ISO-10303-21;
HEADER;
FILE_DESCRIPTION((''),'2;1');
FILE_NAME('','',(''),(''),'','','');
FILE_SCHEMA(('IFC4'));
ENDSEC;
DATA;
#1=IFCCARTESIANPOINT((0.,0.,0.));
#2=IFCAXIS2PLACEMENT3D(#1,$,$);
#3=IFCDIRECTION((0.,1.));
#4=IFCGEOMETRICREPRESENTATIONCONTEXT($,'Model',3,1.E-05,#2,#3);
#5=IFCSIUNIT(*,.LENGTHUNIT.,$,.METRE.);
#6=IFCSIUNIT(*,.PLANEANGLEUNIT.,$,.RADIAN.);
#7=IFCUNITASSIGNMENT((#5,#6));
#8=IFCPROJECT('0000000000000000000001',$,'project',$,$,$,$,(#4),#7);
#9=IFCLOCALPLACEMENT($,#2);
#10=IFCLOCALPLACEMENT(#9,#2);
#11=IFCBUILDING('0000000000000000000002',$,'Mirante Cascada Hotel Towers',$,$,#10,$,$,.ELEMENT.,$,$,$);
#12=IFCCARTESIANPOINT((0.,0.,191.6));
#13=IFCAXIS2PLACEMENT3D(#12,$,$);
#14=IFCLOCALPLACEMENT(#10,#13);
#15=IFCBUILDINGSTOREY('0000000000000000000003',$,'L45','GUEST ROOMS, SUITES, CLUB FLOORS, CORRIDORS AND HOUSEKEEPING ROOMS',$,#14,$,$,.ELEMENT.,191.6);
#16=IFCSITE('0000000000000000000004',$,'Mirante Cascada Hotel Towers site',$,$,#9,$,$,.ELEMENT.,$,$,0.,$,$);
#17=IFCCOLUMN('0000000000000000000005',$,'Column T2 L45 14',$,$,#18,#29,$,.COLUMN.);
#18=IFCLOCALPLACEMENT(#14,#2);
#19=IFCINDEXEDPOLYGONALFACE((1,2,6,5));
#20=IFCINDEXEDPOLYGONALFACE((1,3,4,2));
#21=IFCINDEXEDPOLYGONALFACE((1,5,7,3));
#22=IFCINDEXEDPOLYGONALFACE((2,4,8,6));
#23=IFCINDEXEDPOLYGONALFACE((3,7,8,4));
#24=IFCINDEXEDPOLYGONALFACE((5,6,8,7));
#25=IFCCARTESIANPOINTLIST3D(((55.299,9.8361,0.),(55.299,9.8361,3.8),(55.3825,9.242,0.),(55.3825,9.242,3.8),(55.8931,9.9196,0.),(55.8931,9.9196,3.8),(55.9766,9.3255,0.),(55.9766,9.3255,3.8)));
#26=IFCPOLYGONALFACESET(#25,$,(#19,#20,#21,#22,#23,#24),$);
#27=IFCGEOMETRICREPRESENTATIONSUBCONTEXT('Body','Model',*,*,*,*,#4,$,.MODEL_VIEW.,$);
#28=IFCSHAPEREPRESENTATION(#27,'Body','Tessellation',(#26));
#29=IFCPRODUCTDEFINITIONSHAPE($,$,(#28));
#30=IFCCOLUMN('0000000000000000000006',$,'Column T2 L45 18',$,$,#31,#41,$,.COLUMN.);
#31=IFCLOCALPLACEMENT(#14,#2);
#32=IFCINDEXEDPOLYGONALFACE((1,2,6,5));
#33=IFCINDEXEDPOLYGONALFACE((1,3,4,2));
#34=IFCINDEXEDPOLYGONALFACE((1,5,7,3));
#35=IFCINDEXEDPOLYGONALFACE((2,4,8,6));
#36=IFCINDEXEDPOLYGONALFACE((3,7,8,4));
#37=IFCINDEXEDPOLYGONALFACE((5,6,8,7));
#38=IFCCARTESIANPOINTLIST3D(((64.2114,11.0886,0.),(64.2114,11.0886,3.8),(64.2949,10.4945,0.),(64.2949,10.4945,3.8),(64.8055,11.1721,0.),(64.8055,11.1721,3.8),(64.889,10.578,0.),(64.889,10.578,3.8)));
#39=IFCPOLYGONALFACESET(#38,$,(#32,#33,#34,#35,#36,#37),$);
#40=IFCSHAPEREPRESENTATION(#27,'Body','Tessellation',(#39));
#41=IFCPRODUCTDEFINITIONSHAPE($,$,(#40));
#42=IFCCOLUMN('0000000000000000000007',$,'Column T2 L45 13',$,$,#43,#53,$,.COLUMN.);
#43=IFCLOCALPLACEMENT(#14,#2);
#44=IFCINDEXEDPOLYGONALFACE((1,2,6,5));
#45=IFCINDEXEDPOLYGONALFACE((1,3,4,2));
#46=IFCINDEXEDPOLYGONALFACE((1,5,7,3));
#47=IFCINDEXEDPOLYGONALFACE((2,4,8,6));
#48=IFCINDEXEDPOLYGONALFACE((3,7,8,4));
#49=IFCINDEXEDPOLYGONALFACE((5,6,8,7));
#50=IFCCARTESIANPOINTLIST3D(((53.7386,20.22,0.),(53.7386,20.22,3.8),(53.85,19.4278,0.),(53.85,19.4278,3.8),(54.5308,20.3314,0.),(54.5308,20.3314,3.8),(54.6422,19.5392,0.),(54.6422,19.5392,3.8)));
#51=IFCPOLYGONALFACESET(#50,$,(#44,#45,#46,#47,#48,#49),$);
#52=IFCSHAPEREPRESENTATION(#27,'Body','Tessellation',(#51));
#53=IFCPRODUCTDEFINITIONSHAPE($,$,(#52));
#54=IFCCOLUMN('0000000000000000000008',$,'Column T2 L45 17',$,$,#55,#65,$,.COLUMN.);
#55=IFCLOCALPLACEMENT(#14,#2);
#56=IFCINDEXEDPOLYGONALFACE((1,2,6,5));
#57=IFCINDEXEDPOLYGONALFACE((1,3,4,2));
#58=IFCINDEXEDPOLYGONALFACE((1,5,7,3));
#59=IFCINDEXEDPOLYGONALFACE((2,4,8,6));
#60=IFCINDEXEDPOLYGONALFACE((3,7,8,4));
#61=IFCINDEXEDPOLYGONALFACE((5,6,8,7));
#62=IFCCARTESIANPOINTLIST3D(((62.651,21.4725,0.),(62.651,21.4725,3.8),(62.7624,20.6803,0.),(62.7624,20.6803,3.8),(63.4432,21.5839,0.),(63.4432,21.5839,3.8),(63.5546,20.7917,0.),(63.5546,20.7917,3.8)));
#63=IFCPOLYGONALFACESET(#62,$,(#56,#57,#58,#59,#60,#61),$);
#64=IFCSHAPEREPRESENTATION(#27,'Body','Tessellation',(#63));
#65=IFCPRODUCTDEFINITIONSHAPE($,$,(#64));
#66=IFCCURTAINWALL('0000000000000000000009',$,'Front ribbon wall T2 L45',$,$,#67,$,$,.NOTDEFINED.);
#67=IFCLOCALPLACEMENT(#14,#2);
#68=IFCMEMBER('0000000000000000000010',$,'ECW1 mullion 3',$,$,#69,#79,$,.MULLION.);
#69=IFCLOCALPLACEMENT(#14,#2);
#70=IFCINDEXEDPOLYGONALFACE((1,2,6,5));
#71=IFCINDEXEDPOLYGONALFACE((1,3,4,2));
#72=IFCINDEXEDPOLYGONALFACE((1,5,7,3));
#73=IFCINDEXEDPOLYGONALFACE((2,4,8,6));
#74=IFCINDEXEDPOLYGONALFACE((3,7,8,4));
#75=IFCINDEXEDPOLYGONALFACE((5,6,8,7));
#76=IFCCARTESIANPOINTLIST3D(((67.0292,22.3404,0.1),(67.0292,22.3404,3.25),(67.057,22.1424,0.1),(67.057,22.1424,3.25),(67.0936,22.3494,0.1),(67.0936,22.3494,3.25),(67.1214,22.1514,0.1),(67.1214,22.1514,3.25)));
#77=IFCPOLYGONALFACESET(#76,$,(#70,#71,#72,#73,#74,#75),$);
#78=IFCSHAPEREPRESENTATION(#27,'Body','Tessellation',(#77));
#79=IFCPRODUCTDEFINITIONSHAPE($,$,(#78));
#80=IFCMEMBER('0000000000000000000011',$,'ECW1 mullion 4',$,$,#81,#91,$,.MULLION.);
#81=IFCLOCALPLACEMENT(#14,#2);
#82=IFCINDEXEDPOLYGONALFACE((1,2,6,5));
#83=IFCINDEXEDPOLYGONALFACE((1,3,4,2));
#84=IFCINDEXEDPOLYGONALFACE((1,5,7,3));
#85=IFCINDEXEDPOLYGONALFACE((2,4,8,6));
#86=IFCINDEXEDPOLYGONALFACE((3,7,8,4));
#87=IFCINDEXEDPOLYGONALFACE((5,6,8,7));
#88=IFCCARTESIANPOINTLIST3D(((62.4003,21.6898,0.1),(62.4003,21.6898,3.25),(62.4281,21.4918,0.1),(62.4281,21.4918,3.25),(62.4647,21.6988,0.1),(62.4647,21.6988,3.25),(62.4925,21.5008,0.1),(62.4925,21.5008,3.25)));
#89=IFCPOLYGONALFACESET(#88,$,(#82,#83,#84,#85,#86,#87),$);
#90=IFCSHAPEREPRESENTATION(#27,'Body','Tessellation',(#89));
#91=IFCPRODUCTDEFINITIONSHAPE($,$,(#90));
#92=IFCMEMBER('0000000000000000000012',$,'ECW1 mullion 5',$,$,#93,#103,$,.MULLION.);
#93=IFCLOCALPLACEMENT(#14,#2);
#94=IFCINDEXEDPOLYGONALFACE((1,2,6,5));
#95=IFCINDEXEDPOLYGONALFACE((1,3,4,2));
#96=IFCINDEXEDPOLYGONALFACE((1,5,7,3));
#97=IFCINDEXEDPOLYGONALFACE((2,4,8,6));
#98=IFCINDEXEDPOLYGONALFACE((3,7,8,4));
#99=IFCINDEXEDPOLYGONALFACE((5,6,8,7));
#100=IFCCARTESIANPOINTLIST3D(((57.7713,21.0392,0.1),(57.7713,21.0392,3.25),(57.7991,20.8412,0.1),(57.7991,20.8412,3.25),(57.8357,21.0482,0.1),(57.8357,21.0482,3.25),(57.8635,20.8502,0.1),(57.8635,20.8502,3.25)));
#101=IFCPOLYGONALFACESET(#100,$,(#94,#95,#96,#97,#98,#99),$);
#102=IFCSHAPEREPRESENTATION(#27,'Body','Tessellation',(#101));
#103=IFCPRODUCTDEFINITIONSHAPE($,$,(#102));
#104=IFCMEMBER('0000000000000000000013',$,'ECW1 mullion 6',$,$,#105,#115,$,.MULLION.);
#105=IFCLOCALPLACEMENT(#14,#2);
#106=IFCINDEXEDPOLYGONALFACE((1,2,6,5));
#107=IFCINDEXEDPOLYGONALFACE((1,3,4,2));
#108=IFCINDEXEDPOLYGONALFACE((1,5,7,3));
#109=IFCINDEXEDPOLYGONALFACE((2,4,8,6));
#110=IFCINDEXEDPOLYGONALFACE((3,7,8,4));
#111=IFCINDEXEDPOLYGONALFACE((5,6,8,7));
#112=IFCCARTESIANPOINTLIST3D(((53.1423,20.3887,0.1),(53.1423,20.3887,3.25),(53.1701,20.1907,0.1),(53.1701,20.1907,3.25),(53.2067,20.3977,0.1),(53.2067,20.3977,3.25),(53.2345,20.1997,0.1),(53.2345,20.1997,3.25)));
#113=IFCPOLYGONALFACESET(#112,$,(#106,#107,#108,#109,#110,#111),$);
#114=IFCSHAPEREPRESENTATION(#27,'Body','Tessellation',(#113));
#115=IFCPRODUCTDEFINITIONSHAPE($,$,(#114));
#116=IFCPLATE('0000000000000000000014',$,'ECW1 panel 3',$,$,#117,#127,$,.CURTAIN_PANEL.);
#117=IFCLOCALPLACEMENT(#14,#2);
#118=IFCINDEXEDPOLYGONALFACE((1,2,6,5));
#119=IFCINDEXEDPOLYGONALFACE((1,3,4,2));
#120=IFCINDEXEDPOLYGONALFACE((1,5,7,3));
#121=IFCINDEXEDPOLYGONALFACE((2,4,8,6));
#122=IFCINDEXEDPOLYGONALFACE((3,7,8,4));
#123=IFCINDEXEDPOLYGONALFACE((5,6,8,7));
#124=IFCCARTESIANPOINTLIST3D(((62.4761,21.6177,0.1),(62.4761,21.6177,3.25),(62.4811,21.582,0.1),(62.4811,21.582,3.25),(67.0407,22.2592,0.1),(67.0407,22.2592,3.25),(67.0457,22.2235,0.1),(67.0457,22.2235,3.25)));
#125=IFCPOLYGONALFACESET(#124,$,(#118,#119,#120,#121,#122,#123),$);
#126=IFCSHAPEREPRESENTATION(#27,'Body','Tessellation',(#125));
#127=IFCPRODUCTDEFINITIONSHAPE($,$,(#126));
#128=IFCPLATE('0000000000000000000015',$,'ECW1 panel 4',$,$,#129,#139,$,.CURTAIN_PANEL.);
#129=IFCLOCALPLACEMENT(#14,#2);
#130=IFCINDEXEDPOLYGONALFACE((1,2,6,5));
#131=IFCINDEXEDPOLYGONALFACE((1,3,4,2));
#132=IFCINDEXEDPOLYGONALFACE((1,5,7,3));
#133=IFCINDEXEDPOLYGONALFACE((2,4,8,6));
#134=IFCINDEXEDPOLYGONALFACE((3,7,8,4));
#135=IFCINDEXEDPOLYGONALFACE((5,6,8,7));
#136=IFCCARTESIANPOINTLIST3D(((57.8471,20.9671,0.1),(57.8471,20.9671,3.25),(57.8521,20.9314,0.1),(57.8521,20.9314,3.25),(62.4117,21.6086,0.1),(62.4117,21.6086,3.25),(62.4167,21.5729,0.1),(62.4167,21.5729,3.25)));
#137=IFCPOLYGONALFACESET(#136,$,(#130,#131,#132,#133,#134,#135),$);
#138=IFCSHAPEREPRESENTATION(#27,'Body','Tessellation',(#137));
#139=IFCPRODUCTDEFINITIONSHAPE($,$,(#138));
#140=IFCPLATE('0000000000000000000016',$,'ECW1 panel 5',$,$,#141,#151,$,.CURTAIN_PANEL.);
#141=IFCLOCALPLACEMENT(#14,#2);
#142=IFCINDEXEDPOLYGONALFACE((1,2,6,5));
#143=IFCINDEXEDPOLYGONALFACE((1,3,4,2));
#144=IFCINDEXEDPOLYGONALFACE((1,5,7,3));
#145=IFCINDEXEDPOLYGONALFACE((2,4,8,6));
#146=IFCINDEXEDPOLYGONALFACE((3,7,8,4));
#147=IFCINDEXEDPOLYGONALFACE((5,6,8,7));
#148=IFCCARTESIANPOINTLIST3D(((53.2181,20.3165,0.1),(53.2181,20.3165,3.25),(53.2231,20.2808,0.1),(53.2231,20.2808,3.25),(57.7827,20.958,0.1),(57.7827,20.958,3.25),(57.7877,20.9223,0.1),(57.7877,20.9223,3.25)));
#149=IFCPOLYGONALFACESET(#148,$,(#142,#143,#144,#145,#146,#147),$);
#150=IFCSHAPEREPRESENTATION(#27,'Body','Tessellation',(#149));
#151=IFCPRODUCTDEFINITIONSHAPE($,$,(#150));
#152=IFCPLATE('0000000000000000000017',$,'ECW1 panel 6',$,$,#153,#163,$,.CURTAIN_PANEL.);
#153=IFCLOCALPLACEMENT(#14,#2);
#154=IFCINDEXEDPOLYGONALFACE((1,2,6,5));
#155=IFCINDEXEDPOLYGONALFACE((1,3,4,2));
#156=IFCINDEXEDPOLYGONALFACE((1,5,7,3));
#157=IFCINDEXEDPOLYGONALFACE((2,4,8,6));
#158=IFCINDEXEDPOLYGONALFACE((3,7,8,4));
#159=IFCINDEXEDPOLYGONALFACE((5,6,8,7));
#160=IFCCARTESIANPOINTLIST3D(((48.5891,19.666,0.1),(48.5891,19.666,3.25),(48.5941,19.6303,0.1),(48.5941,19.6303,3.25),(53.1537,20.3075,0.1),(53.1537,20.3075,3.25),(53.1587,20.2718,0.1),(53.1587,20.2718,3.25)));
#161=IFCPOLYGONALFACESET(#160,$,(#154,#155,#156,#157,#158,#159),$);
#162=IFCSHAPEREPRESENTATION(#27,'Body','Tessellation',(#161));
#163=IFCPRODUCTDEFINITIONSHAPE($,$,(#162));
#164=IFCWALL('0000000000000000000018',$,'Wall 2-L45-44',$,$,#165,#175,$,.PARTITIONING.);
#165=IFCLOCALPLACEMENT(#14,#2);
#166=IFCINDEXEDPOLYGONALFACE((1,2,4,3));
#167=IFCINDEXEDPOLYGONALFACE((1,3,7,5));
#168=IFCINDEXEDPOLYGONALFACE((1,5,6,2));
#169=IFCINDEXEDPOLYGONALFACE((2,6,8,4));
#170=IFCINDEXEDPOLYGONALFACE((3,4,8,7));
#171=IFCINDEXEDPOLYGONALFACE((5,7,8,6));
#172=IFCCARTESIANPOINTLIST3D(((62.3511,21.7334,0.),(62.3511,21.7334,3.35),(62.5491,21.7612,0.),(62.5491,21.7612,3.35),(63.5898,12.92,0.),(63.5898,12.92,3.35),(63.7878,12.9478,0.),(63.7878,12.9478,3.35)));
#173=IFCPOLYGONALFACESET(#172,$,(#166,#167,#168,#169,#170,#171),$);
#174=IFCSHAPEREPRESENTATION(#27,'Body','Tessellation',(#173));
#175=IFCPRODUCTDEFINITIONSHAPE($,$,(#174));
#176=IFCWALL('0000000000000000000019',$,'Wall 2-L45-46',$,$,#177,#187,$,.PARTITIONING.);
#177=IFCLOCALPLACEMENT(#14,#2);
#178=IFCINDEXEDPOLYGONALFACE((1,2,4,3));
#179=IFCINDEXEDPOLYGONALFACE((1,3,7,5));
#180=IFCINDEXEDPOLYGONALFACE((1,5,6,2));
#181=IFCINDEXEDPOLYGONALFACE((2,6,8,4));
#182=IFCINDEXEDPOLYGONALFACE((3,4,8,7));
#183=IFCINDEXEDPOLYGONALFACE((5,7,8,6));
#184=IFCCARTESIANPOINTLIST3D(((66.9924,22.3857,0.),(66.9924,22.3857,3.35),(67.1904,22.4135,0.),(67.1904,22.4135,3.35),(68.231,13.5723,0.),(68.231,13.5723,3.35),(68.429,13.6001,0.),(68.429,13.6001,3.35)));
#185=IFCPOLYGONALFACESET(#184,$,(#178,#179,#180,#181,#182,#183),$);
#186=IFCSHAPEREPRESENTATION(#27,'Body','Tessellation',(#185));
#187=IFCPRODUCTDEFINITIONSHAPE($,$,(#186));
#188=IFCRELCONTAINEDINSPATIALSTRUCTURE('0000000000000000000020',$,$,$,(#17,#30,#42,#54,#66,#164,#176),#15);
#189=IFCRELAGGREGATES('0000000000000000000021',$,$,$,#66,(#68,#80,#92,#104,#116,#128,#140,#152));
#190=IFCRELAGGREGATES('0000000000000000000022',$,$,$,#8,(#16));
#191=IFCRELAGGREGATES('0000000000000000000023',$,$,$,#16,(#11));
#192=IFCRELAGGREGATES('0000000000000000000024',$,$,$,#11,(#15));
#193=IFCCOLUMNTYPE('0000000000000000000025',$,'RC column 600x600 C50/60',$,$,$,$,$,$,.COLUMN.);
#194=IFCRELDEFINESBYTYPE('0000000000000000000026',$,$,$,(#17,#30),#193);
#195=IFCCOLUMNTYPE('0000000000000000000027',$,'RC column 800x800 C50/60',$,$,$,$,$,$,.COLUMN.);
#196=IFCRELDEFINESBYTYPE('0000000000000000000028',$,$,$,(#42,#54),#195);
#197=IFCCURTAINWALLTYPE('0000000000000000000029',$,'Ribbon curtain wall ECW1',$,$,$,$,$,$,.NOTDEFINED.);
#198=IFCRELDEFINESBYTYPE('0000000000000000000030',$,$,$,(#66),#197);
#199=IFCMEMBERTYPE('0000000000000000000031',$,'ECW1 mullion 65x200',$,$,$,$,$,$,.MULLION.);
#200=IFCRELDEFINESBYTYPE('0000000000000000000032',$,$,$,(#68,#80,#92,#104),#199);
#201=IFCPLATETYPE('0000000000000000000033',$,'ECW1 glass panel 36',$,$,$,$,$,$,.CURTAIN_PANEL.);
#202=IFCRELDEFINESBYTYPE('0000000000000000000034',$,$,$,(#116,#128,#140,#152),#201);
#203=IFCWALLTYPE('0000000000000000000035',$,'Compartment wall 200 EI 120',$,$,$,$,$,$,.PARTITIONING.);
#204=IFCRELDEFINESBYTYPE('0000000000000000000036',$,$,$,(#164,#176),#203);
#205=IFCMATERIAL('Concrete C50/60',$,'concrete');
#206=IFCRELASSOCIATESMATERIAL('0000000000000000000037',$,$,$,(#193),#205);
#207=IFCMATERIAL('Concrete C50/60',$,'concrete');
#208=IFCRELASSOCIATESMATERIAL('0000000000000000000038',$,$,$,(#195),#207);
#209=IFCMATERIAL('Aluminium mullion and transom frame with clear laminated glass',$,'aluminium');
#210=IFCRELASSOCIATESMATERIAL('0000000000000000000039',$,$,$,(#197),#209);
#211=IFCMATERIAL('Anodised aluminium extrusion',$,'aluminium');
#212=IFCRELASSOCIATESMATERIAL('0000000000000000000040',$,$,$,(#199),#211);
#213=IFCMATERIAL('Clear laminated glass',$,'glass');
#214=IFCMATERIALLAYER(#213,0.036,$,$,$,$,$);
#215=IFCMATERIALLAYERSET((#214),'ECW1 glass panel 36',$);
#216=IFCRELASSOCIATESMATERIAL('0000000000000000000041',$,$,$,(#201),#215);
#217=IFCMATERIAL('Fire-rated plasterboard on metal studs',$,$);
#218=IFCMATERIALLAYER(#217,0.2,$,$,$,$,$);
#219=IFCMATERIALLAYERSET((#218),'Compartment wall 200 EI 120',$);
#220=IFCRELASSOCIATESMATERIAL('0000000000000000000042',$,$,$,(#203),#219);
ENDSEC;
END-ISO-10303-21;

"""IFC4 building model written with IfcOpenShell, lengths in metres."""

from ifc_helpers import new_model, si_unit, direction, frame, frame_2d, origin, origin_2d, place, context, subcontext, project, spatial, rectangle, extrude, material, layer, layer_set, material_profile, profile_set, type_object, element, aggregate, save


model = new_model("IFC4")

# Units and contexts
model_context = context("Model", 3, precision=1e-05, world=origin(), true_north=direction((0.0, 1.0)))
body_context = subcontext(model_context, "Body", "Model", "MODEL_VIEW")
ifc_project = project(units=[si_unit("LENGTHUNIT", "METRE"), si_unit("PLANEANGLEUNIT", "RADIAN")], contexts=[model_context])

# Site, building, storey
site_placement = place(None, origin())
site = spatial("IfcSite", under=ifc_project, at=site_placement, Name="Mirante Cascada Hotel Towers site", CompositionType="ELEMENT", RefElevation=0.0)
building_placement = place(site_placement, origin())
building = spatial("IfcBuilding", under=site, at=building_placement, Name="Mirante Cascada Hotel Towers", CompositionType="ELEMENT")
storey_placement = place(building_placement, frame((0.0, 0.0, 191.6)))
storey = spatial("IfcBuildingStorey", under=building, at=storey_placement, Name="L45", Description="GUEST ROOMS, SUITES, CLUB FLOORS, CORRIDORS AND HOUSEKEEPING ROOMS", CompositionType="ELEMENT", Elevation=191.6)

# Columns
ifc_material_1 = material(Name="Concrete C50/60", Category="concrete")
ifc_material_profile_1 = material_profile(ifc_material_1, rectangle(XDim=0.6, YDim=0.6, at=origin_2d()), Name="RC column 600x600 C50/60")
ifc_profile_set_1 = profile_set([ifc_material_profile_1], Name="Concrete C50/60")
column_type_1 = type_object("IfcColumnType", Name="RC column 600x600 C50/60", PredefinedType="COLUMN", material=ifc_profile_set_1)
for number, where, z_axis, x_axis, name in (
    (1, (55.6378, 9.5808, 0.0), (0.0, 0.0, 1.0), (0.990268, 0.139173, 0.0), "Column T2 L45 14"),
    (2, (64.5502, 10.8333, 0.0), (0.0, 0.0, 1.0), (0.990268, 0.139173, 0.0), "Column T2 L45 18"),
):
    element("IfcColumn", number, at=place(storey_placement, frame(where, z_axis=z_axis, x_axis=x_axis)), inside=storey, type_object=column_type_1, Name=name, PredefinedType="COLUMN", context=body_context, shape_type="SweptSolid", body=[
        extrude(rectangle(XDim=0.6, YDim=0.6, at=origin_2d()), origin(), (0.0, 0.0, 1.0), 3.8),
    ])
ifc_material_2 = material(Name="Concrete C50/60", Category="concrete")
ifc_material_profile_2 = material_profile(ifc_material_2, rectangle(XDim=0.8, YDim=0.8, at=origin_2d()), Name="RC column 800x800 C50/60")
ifc_profile_set_2 = profile_set([ifc_material_profile_2], Name="Concrete C50/60")
column_type_2 = type_object("IfcColumnType", Name="RC column 800x800 C50/60", PredefinedType="COLUMN", material=ifc_profile_set_2)
for number, where, z_axis, x_axis, name in (
    (3, (54.1904, 19.8796, 0.0), (0.0, 0.0, 1.0), (0.990268, 0.139173, 0.0), "Column T2 L45 13"),
    (4, (63.1028, 21.1321, 0.0), (0.0, 0.0, 1.0), (0.990268, 0.139173, 0.0), "Column T2 L45 17"),
):
    element("IfcColumn", number, at=place(storey_placement, frame(where, z_axis=z_axis, x_axis=x_axis)), inside=storey, type_object=column_type_2, Name=name, PredefinedType="COLUMN", context=body_context, shape_type="SweptSolid", body=[
        extrude(rectangle(XDim=0.8, YDim=0.8, at=origin_2d()), origin(), (0.0, 0.0, 1.0), 3.8),
    ])

# Curtain wall, members, plates
ifc_material_3 = material(Name="Aluminium mullion and transom frame with clear laminated glass", Category="aluminium")
curtain_wall_type = type_object("IfcCurtainWallType", Name="Ribbon curtain wall ECW1", PredefinedType="NOTDEFINED", material=ifc_material_3)
curtain_wall_placement = place(storey_placement, origin())
curtain_wall = element("IfcCurtainWall", 5, at=curtain_wall_placement, inside=storey, type_object=curtain_wall_type, Name="Front ribbon wall T2 L45", PredefinedType="NOTDEFINED")
ifc_material_4 = material(Name="Anodised aluminium extrusion", Category="aluminium")
ifc_material_profile_3 = material_profile(ifc_material_4, rectangle(XDim=0.2, YDim=0.065, at=origin_2d()), Name="ECW1 MULLION 65x200")
ifc_profile_set_3 = profile_set([ifc_material_profile_3], Name="Anodised aluminium extrusion")
member_type = type_object("IfcMemberType", Name="ECW1 mullion 65x200", PredefinedType="MULLION", material=ifc_profile_set_3)
member_1_placement = place(storey_placement, frame((67.0753, 22.2459, 0.1), z_axis=(0.0, 0.0, 1.0), x_axis=(0.139173, -0.990268, 0.0)))
member_1 = element("IfcMember", 6, at=member_1_placement, type_object=member_type, Name="ECW1 mullion 3", PredefinedType="MULLION", context=body_context, shape_type="SweptSolid", body=[
    extrude(rectangle(XDim=0.2, YDim=0.065, at=origin_2d()), origin(), (0.0, 0.0, 1.0), 3.15),
])
member_2_placement = place(storey_placement, frame((62.4464, 21.5953, 0.1), z_axis=(0.0, 0.0, 1.0), x_axis=(0.139173, -0.990268, 0.0)))
member_2 = element("IfcMember", 7, at=member_2_placement, type_object=member_type, Name="ECW1 mullion 4", PredefinedType="MULLION", context=body_context, shape_type="SweptSolid", body=[
    extrude(rectangle(XDim=0.2, YDim=0.065, at=origin_2d()), origin(), (0.0, 0.0, 1.0), 3.15),
])
member_3_placement = place(storey_placement, frame((57.8174, 20.9447, 0.1), z_axis=(0.0, 0.0, 1.0), x_axis=(0.139173, -0.990268, 0.0)))
member_3 = element("IfcMember", 8, at=member_3_placement, type_object=member_type, Name="ECW1 mullion 5", PredefinedType="MULLION", context=body_context, shape_type="SweptSolid", body=[
    extrude(rectangle(XDim=0.2, YDim=0.065, at=origin_2d()), origin(), (0.0, 0.0, 1.0), 3.15),
])
member_4_placement = place(storey_placement, frame((53.1884, 20.2942, 0.1), z_axis=(0.0, 0.0, 1.0), x_axis=(0.139173, -0.990268, 0.0)))
member_4 = element("IfcMember", 9, at=member_4_placement, type_object=member_type, Name="ECW1 mullion 6", PredefinedType="MULLION", context=body_context, shape_type="SweptSolid", body=[
    extrude(rectangle(XDim=0.2, YDim=0.065, at=origin_2d()), origin(), (0.0, 0.0, 1.0), 3.15),
])
ifc_material_5 = material(Name="Clear laminated glass", Category="glass")
ifc_layer_1 = layer(ifc_material_5, 0.036)
ifc_layer_set_1 = layer_set([ifc_layer_1], Name="ECW1 glass panel 36")
plate_type = type_object("IfcPlateType", Name="ECW1 glass panel 36", PredefinedType="CURTAIN_PANEL", material=ifc_layer_set_1)
plate_1_placement = place(storey_placement, frame((64.7609, 21.9206, 0.1), z_axis=(0.0, 0.0, 1.0), x_axis=(-0.990268, -0.139173, 0.0)))
plate_1 = element("IfcPlate", 10, at=plate_1_placement, type_object=plate_type, Name="ECW1 panel 3", PredefinedType="CURTAIN_PANEL", context=body_context, shape_type="SweptSolid", body=[
    extrude(rectangle(XDim=4.6095, YDim=0.036, at=origin_2d()), origin(), (0.0, 0.0, 1.0), 3.15),
])
plate_2_placement = place(storey_placement, frame((60.1319, 21.27, 0.1), z_axis=(0.0, 0.0, 1.0), x_axis=(-0.990268, -0.139173, 0.0)))
plate_2 = element("IfcPlate", 11, at=plate_2_placement, type_object=plate_type, Name="ECW1 panel 4", PredefinedType="CURTAIN_PANEL", context=body_context, shape_type="SweptSolid", body=[
    extrude(rectangle(XDim=4.6095, YDim=0.036, at=origin_2d()), origin(), (0.0, 0.0, 1.0), 3.15),
])
plate_3_placement = place(storey_placement, frame((55.5029, 20.6194, 0.1), z_axis=(0.0, 0.0, 1.0), x_axis=(-0.990268, -0.139173, 0.0)))
plate_3 = element("IfcPlate", 12, at=plate_3_placement, type_object=plate_type, Name="ECW1 panel 5", PredefinedType="CURTAIN_PANEL", context=body_context, shape_type="SweptSolid", body=[
    extrude(rectangle(XDim=4.6095, YDim=0.036, at=origin_2d()), origin(), (0.0, 0.0, 1.0), 3.15),
])
plate_4_placement = place(storey_placement, frame((50.8739, 19.9689, 0.1), z_axis=(0.0, 0.0, 1.0), x_axis=(-0.990268, -0.139173, 0.0)))
plate_4 = element("IfcPlate", 13, at=plate_4_placement, type_object=plate_type, Name="ECW1 panel 6", PredefinedType="CURTAIN_PANEL", context=body_context, shape_type="SweptSolid", body=[
    extrude(rectangle(XDim=4.6095, YDim=0.036, at=origin_2d()), origin(), (0.0, 0.0, 1.0), 3.15),
])
aggregate(curtain_wall, [member_1, member_2, member_3, member_4, plate_1, plate_2, plate_3, plate_4])

# Walls
ifc_material_6 = material(Name="Fire-rated plasterboard on metal studs")
ifc_layer_2 = layer(ifc_material_6, 0.2)
ifc_layer_set_2 = layer_set([ifc_layer_2], Name="Compartment wall 200 EI 120")
wall_type_1 = type_object("IfcWallType", Name="Compartment wall 200 EI 120", PredefinedType="PARTITIONING", material=ifc_layer_set_2)
for number, where, z_axis, x_axis, name in (
    (14, (63.6888, 12.9339, 0.0), (0.0, 0.0, 1.0), (-0.139179, 0.990267, 0.0), "Wall 2-L45-44"),
    (15, (68.33, 13.5862, 0.0), (0.0, 0.0, 1.0), (-0.139168, 0.990269, 0.0), "Wall 2-L45-46"),
):
    element("IfcWall", number, at=place(storey_placement, frame(where, z_axis=z_axis, x_axis=x_axis)), inside=storey, type_object=wall_type_1, Name=name, PredefinedType="PARTITIONING", context=body_context, shape_type="SweptSolid", body=[
        extrude(rectangle(XDim=8.9, YDim=0.2, at=frame_2d((4.45, 0.0))), origin(), (0.0, 0.0, 1.0), 3.35),
    ])

save(model, "model.ifc")
